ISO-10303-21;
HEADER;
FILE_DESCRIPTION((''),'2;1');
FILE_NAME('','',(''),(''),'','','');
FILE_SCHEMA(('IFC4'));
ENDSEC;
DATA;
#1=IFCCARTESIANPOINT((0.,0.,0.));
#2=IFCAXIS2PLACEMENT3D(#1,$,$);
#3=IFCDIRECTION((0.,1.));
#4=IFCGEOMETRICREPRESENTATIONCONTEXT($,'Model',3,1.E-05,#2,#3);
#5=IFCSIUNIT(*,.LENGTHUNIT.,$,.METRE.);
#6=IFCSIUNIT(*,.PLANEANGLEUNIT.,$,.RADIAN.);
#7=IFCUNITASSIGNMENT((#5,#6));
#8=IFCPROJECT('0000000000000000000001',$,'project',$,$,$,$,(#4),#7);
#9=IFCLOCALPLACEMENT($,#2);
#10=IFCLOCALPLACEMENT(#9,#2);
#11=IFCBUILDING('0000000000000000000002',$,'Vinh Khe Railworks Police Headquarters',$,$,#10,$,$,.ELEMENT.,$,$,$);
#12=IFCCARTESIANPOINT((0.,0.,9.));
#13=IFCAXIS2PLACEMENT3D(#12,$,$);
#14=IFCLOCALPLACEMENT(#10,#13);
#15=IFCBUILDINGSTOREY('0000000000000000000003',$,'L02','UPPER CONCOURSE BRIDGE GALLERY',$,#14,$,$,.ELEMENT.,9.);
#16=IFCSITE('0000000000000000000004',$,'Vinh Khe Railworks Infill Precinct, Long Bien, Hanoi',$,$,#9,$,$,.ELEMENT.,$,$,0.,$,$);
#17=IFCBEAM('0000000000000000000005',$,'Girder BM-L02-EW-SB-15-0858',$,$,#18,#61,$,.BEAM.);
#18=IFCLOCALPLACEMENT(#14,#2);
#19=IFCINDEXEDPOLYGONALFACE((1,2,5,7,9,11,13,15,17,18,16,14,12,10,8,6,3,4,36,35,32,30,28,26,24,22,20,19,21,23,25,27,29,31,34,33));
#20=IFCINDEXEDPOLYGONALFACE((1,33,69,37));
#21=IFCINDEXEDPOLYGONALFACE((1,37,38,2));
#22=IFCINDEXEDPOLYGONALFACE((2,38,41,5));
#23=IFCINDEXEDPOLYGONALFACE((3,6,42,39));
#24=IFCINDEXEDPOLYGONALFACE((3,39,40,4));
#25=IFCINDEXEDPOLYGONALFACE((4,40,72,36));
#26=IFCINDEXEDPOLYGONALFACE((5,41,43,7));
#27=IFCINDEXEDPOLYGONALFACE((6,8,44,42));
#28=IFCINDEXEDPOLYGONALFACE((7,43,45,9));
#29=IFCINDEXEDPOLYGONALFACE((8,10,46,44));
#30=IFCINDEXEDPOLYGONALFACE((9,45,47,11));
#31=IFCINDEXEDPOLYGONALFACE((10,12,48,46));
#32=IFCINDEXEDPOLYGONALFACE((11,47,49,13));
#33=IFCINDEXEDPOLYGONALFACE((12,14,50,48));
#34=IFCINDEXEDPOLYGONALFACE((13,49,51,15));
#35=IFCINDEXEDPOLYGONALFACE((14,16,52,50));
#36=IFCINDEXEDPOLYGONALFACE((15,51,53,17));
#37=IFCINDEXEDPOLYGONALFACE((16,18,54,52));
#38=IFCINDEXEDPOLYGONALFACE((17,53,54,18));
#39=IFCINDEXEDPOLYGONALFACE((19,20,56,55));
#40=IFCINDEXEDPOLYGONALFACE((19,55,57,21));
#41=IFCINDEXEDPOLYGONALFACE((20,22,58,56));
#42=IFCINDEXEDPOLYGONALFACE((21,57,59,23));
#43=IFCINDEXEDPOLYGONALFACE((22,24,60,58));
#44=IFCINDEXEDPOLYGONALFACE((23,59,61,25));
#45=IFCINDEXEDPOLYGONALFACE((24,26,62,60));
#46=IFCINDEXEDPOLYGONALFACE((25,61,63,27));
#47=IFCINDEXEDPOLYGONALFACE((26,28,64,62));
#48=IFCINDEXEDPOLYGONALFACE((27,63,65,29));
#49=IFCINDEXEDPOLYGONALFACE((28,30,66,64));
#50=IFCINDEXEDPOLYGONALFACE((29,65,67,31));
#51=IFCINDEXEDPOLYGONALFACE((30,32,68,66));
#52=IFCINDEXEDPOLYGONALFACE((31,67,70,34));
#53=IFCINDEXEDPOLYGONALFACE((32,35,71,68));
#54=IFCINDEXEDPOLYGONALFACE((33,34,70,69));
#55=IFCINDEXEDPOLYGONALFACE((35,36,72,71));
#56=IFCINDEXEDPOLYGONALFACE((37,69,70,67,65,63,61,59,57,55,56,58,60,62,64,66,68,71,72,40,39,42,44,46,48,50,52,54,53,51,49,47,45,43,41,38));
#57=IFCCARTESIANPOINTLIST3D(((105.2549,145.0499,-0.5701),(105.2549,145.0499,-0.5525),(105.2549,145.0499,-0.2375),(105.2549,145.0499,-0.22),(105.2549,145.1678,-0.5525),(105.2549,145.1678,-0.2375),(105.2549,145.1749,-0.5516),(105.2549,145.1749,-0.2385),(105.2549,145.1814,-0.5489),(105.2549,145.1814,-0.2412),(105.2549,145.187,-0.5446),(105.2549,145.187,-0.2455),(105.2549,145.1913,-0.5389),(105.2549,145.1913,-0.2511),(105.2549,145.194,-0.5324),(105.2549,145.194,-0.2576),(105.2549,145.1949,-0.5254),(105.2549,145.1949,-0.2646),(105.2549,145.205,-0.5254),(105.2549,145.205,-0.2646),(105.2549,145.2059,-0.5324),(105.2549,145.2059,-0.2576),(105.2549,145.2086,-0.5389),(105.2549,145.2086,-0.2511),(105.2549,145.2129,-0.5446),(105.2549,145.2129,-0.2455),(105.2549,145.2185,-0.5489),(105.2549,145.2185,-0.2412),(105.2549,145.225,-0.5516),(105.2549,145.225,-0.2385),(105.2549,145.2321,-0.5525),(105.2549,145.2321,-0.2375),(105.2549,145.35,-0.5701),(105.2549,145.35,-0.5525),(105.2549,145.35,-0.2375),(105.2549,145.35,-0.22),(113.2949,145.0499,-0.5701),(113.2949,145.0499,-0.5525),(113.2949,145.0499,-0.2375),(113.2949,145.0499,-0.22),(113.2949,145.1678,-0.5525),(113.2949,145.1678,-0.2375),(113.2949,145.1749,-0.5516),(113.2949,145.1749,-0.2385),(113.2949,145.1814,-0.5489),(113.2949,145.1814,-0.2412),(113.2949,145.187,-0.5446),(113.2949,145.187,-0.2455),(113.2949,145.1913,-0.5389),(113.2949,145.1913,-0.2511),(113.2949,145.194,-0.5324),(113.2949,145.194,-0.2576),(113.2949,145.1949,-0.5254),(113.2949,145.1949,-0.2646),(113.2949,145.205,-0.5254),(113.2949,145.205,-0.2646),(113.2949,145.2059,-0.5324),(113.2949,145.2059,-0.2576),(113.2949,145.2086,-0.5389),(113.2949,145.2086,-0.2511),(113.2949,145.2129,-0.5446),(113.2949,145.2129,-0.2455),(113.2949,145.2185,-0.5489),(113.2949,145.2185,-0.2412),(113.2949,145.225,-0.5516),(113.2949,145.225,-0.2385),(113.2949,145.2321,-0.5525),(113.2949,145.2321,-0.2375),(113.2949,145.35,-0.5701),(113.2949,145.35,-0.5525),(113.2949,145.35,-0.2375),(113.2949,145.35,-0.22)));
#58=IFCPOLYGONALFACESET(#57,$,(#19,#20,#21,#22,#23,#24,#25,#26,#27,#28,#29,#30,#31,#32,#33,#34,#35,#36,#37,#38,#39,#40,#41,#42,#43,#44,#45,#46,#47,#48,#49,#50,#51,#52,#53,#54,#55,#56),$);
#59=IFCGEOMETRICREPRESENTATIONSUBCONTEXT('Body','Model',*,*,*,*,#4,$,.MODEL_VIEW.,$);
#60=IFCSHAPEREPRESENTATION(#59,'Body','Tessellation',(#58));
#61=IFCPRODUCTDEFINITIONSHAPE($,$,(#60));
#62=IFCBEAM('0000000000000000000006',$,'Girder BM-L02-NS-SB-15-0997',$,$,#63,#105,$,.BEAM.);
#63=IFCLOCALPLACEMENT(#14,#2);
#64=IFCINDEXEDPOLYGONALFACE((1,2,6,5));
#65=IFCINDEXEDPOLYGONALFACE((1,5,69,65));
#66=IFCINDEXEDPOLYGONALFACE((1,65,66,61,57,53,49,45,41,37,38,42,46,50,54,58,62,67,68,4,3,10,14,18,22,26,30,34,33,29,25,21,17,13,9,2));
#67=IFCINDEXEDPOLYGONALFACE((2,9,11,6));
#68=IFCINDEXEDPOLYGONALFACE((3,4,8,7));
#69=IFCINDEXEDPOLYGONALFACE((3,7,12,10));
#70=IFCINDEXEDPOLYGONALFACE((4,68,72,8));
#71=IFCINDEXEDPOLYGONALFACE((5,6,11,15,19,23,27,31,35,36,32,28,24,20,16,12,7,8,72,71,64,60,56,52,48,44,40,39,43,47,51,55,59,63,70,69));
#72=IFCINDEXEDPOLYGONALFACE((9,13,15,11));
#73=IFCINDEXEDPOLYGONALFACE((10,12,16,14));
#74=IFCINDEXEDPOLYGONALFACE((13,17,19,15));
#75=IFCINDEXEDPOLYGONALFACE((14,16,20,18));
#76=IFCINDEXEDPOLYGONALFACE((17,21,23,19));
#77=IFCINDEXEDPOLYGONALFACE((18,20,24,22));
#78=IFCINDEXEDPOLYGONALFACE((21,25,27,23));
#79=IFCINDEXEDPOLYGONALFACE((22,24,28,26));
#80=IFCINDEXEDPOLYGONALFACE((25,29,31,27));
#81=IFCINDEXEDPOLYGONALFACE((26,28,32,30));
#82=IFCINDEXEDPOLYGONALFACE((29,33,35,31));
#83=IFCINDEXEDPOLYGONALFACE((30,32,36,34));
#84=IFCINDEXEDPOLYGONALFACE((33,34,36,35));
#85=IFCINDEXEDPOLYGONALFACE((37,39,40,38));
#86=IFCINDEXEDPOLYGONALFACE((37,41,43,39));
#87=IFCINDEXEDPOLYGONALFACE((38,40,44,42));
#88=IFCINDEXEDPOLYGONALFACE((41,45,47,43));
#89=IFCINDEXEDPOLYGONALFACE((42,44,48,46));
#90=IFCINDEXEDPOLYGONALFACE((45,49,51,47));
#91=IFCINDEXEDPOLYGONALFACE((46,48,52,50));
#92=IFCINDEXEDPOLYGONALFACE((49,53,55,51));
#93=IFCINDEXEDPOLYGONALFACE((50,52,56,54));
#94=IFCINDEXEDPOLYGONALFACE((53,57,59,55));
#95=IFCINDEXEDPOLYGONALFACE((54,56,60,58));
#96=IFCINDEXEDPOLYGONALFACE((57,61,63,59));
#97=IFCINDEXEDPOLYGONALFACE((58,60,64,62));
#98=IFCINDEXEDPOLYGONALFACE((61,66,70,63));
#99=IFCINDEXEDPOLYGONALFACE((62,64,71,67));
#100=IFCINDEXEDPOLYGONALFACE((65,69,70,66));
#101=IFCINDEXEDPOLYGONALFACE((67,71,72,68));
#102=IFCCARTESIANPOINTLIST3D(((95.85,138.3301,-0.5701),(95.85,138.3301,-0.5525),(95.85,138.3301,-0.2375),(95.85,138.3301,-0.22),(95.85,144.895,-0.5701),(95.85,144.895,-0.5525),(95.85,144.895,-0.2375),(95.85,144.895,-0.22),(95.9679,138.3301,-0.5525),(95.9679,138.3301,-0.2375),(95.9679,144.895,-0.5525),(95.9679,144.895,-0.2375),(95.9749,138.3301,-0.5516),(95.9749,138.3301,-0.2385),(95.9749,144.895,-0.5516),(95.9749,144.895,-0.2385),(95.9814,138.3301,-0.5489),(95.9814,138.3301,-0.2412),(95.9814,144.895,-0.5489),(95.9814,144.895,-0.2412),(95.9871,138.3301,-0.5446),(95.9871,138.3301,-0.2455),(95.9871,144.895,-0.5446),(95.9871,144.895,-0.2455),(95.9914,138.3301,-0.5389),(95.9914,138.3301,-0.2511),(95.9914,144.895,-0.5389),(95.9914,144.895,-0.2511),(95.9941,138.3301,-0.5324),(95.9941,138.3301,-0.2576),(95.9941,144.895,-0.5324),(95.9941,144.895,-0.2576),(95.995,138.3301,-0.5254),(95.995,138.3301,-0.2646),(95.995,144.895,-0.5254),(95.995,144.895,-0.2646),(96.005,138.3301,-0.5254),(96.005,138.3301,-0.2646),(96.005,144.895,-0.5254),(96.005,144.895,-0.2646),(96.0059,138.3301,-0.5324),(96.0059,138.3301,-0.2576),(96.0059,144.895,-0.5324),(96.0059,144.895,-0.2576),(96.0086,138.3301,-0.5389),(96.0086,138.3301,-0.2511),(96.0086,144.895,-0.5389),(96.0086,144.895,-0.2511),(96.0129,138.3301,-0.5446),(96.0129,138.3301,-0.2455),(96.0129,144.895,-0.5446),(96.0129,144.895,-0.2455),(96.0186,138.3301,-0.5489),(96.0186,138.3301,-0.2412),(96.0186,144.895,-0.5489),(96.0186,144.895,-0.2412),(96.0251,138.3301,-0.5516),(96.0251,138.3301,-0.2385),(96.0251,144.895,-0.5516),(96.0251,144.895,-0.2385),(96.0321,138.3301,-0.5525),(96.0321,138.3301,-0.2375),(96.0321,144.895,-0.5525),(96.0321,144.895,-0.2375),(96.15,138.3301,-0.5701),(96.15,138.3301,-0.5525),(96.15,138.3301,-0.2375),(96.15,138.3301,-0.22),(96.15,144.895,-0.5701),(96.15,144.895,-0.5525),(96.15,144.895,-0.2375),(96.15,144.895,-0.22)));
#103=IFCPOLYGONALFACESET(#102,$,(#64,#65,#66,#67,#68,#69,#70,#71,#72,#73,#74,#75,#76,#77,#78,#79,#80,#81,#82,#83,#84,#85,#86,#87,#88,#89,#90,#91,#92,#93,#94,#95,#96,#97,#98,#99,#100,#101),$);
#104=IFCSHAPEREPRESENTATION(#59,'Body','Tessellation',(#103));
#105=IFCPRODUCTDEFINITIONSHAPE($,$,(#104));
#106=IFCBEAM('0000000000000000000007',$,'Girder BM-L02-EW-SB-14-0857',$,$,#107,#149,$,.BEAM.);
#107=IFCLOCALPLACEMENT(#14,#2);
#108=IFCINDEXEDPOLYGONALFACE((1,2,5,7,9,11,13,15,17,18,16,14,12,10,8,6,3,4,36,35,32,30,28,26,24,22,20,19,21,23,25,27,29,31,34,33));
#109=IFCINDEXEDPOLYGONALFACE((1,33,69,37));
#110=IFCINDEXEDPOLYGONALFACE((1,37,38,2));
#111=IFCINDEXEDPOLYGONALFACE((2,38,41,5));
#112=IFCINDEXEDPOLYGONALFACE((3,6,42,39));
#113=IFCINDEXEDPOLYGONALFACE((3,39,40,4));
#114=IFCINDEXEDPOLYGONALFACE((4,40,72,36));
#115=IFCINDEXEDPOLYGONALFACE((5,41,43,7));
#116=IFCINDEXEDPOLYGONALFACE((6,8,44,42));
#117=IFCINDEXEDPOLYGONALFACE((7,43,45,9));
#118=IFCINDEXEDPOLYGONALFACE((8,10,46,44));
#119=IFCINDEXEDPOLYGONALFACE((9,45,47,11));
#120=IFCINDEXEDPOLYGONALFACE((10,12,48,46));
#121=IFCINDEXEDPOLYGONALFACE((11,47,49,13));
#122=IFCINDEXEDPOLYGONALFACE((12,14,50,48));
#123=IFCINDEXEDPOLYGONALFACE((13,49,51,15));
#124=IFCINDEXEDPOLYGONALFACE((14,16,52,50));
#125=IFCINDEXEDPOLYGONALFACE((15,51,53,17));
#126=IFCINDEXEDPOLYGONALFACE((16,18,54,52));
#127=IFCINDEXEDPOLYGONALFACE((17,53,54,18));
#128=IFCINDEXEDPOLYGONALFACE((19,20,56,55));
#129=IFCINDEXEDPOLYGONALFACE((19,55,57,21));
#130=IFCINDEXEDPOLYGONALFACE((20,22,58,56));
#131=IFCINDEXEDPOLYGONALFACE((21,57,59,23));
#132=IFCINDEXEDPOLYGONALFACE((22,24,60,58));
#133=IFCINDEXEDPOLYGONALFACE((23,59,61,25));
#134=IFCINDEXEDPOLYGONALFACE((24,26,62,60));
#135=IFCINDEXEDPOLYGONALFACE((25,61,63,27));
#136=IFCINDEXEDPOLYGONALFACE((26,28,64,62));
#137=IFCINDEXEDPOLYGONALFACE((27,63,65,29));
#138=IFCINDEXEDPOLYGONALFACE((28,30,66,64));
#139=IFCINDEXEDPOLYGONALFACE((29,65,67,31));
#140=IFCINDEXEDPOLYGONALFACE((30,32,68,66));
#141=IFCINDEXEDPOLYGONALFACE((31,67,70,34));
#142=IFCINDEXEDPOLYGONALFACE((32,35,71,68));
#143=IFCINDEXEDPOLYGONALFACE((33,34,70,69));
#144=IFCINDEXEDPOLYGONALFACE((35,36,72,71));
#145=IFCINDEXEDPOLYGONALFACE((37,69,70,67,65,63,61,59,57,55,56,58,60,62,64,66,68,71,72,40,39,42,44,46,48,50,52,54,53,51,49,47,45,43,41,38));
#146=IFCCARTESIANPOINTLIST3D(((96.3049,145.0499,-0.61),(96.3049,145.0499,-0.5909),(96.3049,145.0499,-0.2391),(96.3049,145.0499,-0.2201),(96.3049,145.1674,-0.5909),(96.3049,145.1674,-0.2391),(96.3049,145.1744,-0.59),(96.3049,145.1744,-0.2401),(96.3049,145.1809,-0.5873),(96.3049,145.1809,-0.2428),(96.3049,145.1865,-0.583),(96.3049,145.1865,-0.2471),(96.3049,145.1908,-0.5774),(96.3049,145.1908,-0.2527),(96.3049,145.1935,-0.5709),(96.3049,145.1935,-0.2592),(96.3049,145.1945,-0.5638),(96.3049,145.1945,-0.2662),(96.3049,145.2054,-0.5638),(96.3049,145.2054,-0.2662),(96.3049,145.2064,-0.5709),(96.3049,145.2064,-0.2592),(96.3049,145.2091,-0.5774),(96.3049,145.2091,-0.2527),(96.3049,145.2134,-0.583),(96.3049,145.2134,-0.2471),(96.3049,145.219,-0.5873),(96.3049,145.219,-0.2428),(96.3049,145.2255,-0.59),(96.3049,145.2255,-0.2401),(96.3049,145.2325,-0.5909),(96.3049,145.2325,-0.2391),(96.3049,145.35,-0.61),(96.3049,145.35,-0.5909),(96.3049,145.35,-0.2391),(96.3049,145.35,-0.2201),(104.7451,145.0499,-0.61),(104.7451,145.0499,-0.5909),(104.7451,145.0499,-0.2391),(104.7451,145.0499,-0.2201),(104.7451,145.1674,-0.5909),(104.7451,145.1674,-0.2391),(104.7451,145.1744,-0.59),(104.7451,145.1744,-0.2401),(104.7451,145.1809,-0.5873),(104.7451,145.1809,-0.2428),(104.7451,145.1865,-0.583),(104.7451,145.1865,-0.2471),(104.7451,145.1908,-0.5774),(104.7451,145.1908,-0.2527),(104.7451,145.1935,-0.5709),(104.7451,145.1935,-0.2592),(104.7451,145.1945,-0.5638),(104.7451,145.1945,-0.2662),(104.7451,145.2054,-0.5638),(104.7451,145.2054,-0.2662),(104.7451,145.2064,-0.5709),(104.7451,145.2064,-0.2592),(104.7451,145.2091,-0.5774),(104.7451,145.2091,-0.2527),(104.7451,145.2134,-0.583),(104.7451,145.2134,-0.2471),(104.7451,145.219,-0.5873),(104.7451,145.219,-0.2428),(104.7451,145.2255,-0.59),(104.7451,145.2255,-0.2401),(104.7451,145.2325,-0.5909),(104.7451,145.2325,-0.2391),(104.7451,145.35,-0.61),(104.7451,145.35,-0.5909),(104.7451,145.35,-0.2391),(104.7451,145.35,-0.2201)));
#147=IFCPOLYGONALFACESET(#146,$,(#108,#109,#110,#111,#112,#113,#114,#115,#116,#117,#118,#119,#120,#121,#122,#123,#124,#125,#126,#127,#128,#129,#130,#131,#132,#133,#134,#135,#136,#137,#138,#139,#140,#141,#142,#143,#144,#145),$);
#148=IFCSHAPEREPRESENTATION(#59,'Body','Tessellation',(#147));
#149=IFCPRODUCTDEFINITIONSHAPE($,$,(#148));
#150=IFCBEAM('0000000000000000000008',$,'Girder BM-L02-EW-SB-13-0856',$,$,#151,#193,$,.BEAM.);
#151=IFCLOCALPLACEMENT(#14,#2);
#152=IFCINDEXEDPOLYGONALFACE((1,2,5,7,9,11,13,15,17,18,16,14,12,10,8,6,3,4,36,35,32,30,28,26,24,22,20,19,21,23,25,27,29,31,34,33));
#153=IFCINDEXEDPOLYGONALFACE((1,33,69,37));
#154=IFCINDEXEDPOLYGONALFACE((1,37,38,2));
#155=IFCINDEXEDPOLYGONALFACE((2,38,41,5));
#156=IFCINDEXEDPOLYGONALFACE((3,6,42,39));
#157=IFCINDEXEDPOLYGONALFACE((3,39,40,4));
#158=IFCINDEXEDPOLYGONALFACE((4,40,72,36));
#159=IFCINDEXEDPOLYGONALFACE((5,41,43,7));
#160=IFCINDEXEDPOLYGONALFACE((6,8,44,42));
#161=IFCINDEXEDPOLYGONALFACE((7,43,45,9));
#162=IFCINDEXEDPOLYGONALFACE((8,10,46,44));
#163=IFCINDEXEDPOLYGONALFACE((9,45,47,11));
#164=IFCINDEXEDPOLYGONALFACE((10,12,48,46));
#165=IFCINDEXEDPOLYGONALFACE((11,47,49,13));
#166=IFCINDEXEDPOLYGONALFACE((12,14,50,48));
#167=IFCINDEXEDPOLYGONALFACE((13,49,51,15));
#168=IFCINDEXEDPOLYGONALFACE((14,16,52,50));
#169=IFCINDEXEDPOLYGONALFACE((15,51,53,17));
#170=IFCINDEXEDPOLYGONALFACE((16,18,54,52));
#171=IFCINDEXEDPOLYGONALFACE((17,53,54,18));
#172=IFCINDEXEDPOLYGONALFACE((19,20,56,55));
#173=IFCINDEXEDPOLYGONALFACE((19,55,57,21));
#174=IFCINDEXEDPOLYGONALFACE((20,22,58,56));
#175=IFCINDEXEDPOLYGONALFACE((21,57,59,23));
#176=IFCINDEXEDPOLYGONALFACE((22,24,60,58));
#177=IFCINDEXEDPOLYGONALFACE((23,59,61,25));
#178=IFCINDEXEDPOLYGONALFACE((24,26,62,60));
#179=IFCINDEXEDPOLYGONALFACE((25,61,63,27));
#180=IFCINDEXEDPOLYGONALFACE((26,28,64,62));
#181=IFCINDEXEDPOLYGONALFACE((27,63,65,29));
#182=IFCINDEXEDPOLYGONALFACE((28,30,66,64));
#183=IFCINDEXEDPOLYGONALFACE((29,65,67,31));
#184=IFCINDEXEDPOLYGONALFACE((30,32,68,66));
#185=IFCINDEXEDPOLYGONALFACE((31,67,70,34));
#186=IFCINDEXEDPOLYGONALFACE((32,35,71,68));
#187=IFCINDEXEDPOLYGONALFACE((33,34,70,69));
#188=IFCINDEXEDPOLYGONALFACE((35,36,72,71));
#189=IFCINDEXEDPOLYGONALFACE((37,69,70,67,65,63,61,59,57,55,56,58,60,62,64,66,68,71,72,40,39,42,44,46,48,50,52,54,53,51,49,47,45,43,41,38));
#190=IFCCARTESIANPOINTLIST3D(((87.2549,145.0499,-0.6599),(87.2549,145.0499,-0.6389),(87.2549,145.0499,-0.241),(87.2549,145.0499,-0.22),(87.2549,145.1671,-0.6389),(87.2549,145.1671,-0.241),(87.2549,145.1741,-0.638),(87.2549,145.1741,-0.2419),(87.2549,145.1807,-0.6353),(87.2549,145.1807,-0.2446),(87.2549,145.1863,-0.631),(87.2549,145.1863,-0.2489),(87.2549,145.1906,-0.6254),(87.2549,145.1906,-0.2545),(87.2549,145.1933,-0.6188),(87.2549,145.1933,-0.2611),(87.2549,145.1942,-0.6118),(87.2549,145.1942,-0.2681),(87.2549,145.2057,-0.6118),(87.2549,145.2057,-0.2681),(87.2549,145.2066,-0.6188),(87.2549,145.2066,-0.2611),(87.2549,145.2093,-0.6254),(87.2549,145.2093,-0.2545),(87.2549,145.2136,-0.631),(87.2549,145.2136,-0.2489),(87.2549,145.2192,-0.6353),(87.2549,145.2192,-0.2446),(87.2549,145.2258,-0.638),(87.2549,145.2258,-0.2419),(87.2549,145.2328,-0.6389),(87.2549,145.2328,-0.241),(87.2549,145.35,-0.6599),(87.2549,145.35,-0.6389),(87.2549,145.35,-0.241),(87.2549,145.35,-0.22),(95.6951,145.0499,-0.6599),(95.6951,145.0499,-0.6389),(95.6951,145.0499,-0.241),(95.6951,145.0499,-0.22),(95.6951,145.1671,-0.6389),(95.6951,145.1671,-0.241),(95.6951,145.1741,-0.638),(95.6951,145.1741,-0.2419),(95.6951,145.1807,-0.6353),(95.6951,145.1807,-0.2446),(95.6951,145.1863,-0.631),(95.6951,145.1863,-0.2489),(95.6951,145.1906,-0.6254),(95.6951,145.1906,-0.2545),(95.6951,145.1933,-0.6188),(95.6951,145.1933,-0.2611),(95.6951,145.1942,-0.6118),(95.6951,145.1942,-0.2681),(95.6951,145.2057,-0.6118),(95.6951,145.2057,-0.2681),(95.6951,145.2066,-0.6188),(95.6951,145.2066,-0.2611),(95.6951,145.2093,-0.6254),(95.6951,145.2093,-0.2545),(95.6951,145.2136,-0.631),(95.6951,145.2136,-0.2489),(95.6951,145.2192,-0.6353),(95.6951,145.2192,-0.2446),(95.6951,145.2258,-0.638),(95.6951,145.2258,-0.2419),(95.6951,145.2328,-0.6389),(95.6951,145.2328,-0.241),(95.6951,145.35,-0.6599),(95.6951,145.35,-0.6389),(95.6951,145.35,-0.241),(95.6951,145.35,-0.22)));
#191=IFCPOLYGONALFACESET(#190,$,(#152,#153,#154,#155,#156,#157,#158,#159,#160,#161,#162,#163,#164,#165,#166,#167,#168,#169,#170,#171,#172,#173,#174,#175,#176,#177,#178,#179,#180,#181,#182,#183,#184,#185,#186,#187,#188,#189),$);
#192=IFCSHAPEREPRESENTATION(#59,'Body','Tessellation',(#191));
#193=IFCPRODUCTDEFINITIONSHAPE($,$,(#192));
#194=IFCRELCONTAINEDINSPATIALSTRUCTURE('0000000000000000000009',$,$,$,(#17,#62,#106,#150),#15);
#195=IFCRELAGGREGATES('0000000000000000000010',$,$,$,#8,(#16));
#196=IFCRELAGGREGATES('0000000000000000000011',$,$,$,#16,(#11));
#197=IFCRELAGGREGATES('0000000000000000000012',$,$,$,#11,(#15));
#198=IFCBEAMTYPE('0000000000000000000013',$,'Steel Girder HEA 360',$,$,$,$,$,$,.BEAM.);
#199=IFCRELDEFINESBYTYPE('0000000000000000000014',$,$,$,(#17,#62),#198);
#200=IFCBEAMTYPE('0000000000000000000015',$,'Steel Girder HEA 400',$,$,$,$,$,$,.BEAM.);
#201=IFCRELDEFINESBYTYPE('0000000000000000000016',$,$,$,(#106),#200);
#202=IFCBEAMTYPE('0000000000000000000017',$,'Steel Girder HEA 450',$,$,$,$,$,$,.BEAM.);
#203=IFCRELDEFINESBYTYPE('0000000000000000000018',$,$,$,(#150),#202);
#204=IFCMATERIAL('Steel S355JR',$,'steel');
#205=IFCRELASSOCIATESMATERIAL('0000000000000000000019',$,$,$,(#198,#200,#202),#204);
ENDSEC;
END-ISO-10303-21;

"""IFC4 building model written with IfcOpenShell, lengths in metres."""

from ifc_helpers import new_model, si_unit, direction, frame, origin, origin_2d, place, context, subcontext, project, spatial, i_section, extrude, material, material_profile, profile_set, type_object, element, save


model = new_model("IFC4")

# Units and contexts
model_context = context("Model", 3, precision=1e-05, world=origin(), true_north=direction((0.0, 1.0)))
body_context = subcontext(model_context, "Body", "Model", "MODEL_VIEW")
ifc_project = project(units=[si_unit("LENGTHUNIT", "METRE"), si_unit("PLANEANGLEUNIT", "RADIAN")], contexts=[model_context])

# Site, building, storey
site_placement = place(None, origin())
site = spatial("IfcSite", under=ifc_project, at=site_placement, Name="Vinh Khe Railworks Infill Precinct, Long Bien, Hanoi", CompositionType="ELEMENT", RefElevation=0.0)
building_placement = place(site_placement, origin())
building = spatial("IfcBuilding", under=site, at=building_placement, Name="Vinh Khe Railworks Police Headquarters", CompositionType="ELEMENT")
storey_placement = place(building_placement, frame((0.0, 0.0, 9.0)))
storey = spatial("IfcBuildingStorey", under=building, at=storey_placement, Name="L02", Description="UPPER CONCOURSE BRIDGE GALLERY", CompositionType="ELEMENT", Elevation=9.0)

# Shared definitions
ifc_material_1 = material(Name="Steel S355JR", Category="steel")

# Beams
ifc_material_profile_1 = material_profile(ifc_material_1, i_section(OverallWidth=0.3, OverallDepth=0.3501, WebThickness=0.01, FlangeThickness=0.0176, FilletRadius=0.0271, at=origin_2d()), Name="HEA 360")
ifc_profile_set_1 = profile_set([ifc_material_profile_1], Name="Steel S355JR")
beam_type_1 = type_object("IfcBeamType", Name="Steel Girder HEA 360", PredefinedType="BEAM", material=ifc_profile_set_1)
beam_1_placement = place(storey_placement, frame((105.2549, 145.2, -0.395), z_axis=(1.0, 0.0, 0.0), x_axis=(0.0, 1.0, 0.0)))
element("IfcBeam", 1, at=beam_1_placement, inside=storey, type_object=beam_type_1, Name="Girder BM-L02-EW-SB-15-0858", PredefinedType="BEAM", context=body_context, shape_type="SweptSolid", body=[
    extrude(i_section(OverallWidth=0.3, OverallDepth=0.3501, WebThickness=0.01, FlangeThickness=0.0176, FilletRadius=0.0271, at=origin_2d()), origin(), (0.0, 0.0, 1.0), 8.04),
])
beam_2_placement = place(storey_placement, frame((96.0, 138.3301, -0.395), z_axis=(0.0, 1.0, 0.0), x_axis=(-1.0, 0.0, 0.0)))
element("IfcBeam", 2, at=beam_2_placement, inside=storey, type_object=beam_type_1, Name="Girder BM-L02-NS-SB-15-0997", PredefinedType="BEAM", context=body_context, shape_type="SweptSolid", body=[
    extrude(i_section(OverallWidth=0.3, OverallDepth=0.3501, WebThickness=0.01, FlangeThickness=0.0176, FilletRadius=0.0271, at=origin_2d()), origin(), (0.0, 0.0, 1.0), 6.5649),
])
ifc_material_profile_2 = material_profile(ifc_material_1, i_section(OverallWidth=0.3, OverallDepth=0.3899, WebThickness=0.011, FlangeThickness=0.019, FilletRadius=0.0271, at=origin_2d()), Name="HEA 400")
ifc_profile_set_2 = profile_set([ifc_material_profile_2], Name="Steel S355JR")
beam_type_2 = type_object("IfcBeamType", Name="Steel Girder HEA 400", PredefinedType="BEAM", material=ifc_profile_set_2)
beam_3_placement = place(storey_placement, frame((96.3049, 145.2, -0.415), z_axis=(1.0, 0.0, 0.0), x_axis=(0.0, 1.0, 0.0)))
element("IfcBeam", 3, at=beam_3_placement, inside=storey, type_object=beam_type_2, Name="Girder BM-L02-EW-SB-14-0857", PredefinedType="BEAM", context=body_context, shape_type="SweptSolid", body=[
    extrude(i_section(OverallWidth=0.3, OverallDepth=0.3899, WebThickness=0.011, FlangeThickness=0.019, FilletRadius=0.0271, at=origin_2d()), origin(), (0.0, 0.0, 1.0), 8.4402),
])
ifc_material_profile_3 = material_profile(ifc_material_1, i_section(OverallWidth=0.3, OverallDepth=0.4399, WebThickness=0.0115, FlangeThickness=0.021, FilletRadius=0.0271, at=origin_2d()), Name="HEA 450")
ifc_profile_set_3 = profile_set([ifc_material_profile_3], Name="Steel S355JR")
beam_type_3 = type_object("IfcBeamType", Name="Steel Girder HEA 450", PredefinedType="BEAM", material=ifc_profile_set_3)
beam_4_placement = place(storey_placement, frame((87.2549, 145.2, -0.4399), z_axis=(1.0, 0.0, 0.0), x_axis=(0.0, 1.0, 0.0)))
element("IfcBeam", 4, at=beam_4_placement, inside=storey, type_object=beam_type_3, Name="Girder BM-L02-EW-SB-13-0856", PredefinedType="BEAM", context=body_context, shape_type="SweptSolid", body=[
    extrude(i_section(OverallWidth=0.3, OverallDepth=0.4399, WebThickness=0.0115, FlangeThickness=0.021, FilletRadius=0.0271, at=origin_2d()), origin(), (0.0, 0.0, 1.0), 8.4402),
])

save(model, "model.ifc")
